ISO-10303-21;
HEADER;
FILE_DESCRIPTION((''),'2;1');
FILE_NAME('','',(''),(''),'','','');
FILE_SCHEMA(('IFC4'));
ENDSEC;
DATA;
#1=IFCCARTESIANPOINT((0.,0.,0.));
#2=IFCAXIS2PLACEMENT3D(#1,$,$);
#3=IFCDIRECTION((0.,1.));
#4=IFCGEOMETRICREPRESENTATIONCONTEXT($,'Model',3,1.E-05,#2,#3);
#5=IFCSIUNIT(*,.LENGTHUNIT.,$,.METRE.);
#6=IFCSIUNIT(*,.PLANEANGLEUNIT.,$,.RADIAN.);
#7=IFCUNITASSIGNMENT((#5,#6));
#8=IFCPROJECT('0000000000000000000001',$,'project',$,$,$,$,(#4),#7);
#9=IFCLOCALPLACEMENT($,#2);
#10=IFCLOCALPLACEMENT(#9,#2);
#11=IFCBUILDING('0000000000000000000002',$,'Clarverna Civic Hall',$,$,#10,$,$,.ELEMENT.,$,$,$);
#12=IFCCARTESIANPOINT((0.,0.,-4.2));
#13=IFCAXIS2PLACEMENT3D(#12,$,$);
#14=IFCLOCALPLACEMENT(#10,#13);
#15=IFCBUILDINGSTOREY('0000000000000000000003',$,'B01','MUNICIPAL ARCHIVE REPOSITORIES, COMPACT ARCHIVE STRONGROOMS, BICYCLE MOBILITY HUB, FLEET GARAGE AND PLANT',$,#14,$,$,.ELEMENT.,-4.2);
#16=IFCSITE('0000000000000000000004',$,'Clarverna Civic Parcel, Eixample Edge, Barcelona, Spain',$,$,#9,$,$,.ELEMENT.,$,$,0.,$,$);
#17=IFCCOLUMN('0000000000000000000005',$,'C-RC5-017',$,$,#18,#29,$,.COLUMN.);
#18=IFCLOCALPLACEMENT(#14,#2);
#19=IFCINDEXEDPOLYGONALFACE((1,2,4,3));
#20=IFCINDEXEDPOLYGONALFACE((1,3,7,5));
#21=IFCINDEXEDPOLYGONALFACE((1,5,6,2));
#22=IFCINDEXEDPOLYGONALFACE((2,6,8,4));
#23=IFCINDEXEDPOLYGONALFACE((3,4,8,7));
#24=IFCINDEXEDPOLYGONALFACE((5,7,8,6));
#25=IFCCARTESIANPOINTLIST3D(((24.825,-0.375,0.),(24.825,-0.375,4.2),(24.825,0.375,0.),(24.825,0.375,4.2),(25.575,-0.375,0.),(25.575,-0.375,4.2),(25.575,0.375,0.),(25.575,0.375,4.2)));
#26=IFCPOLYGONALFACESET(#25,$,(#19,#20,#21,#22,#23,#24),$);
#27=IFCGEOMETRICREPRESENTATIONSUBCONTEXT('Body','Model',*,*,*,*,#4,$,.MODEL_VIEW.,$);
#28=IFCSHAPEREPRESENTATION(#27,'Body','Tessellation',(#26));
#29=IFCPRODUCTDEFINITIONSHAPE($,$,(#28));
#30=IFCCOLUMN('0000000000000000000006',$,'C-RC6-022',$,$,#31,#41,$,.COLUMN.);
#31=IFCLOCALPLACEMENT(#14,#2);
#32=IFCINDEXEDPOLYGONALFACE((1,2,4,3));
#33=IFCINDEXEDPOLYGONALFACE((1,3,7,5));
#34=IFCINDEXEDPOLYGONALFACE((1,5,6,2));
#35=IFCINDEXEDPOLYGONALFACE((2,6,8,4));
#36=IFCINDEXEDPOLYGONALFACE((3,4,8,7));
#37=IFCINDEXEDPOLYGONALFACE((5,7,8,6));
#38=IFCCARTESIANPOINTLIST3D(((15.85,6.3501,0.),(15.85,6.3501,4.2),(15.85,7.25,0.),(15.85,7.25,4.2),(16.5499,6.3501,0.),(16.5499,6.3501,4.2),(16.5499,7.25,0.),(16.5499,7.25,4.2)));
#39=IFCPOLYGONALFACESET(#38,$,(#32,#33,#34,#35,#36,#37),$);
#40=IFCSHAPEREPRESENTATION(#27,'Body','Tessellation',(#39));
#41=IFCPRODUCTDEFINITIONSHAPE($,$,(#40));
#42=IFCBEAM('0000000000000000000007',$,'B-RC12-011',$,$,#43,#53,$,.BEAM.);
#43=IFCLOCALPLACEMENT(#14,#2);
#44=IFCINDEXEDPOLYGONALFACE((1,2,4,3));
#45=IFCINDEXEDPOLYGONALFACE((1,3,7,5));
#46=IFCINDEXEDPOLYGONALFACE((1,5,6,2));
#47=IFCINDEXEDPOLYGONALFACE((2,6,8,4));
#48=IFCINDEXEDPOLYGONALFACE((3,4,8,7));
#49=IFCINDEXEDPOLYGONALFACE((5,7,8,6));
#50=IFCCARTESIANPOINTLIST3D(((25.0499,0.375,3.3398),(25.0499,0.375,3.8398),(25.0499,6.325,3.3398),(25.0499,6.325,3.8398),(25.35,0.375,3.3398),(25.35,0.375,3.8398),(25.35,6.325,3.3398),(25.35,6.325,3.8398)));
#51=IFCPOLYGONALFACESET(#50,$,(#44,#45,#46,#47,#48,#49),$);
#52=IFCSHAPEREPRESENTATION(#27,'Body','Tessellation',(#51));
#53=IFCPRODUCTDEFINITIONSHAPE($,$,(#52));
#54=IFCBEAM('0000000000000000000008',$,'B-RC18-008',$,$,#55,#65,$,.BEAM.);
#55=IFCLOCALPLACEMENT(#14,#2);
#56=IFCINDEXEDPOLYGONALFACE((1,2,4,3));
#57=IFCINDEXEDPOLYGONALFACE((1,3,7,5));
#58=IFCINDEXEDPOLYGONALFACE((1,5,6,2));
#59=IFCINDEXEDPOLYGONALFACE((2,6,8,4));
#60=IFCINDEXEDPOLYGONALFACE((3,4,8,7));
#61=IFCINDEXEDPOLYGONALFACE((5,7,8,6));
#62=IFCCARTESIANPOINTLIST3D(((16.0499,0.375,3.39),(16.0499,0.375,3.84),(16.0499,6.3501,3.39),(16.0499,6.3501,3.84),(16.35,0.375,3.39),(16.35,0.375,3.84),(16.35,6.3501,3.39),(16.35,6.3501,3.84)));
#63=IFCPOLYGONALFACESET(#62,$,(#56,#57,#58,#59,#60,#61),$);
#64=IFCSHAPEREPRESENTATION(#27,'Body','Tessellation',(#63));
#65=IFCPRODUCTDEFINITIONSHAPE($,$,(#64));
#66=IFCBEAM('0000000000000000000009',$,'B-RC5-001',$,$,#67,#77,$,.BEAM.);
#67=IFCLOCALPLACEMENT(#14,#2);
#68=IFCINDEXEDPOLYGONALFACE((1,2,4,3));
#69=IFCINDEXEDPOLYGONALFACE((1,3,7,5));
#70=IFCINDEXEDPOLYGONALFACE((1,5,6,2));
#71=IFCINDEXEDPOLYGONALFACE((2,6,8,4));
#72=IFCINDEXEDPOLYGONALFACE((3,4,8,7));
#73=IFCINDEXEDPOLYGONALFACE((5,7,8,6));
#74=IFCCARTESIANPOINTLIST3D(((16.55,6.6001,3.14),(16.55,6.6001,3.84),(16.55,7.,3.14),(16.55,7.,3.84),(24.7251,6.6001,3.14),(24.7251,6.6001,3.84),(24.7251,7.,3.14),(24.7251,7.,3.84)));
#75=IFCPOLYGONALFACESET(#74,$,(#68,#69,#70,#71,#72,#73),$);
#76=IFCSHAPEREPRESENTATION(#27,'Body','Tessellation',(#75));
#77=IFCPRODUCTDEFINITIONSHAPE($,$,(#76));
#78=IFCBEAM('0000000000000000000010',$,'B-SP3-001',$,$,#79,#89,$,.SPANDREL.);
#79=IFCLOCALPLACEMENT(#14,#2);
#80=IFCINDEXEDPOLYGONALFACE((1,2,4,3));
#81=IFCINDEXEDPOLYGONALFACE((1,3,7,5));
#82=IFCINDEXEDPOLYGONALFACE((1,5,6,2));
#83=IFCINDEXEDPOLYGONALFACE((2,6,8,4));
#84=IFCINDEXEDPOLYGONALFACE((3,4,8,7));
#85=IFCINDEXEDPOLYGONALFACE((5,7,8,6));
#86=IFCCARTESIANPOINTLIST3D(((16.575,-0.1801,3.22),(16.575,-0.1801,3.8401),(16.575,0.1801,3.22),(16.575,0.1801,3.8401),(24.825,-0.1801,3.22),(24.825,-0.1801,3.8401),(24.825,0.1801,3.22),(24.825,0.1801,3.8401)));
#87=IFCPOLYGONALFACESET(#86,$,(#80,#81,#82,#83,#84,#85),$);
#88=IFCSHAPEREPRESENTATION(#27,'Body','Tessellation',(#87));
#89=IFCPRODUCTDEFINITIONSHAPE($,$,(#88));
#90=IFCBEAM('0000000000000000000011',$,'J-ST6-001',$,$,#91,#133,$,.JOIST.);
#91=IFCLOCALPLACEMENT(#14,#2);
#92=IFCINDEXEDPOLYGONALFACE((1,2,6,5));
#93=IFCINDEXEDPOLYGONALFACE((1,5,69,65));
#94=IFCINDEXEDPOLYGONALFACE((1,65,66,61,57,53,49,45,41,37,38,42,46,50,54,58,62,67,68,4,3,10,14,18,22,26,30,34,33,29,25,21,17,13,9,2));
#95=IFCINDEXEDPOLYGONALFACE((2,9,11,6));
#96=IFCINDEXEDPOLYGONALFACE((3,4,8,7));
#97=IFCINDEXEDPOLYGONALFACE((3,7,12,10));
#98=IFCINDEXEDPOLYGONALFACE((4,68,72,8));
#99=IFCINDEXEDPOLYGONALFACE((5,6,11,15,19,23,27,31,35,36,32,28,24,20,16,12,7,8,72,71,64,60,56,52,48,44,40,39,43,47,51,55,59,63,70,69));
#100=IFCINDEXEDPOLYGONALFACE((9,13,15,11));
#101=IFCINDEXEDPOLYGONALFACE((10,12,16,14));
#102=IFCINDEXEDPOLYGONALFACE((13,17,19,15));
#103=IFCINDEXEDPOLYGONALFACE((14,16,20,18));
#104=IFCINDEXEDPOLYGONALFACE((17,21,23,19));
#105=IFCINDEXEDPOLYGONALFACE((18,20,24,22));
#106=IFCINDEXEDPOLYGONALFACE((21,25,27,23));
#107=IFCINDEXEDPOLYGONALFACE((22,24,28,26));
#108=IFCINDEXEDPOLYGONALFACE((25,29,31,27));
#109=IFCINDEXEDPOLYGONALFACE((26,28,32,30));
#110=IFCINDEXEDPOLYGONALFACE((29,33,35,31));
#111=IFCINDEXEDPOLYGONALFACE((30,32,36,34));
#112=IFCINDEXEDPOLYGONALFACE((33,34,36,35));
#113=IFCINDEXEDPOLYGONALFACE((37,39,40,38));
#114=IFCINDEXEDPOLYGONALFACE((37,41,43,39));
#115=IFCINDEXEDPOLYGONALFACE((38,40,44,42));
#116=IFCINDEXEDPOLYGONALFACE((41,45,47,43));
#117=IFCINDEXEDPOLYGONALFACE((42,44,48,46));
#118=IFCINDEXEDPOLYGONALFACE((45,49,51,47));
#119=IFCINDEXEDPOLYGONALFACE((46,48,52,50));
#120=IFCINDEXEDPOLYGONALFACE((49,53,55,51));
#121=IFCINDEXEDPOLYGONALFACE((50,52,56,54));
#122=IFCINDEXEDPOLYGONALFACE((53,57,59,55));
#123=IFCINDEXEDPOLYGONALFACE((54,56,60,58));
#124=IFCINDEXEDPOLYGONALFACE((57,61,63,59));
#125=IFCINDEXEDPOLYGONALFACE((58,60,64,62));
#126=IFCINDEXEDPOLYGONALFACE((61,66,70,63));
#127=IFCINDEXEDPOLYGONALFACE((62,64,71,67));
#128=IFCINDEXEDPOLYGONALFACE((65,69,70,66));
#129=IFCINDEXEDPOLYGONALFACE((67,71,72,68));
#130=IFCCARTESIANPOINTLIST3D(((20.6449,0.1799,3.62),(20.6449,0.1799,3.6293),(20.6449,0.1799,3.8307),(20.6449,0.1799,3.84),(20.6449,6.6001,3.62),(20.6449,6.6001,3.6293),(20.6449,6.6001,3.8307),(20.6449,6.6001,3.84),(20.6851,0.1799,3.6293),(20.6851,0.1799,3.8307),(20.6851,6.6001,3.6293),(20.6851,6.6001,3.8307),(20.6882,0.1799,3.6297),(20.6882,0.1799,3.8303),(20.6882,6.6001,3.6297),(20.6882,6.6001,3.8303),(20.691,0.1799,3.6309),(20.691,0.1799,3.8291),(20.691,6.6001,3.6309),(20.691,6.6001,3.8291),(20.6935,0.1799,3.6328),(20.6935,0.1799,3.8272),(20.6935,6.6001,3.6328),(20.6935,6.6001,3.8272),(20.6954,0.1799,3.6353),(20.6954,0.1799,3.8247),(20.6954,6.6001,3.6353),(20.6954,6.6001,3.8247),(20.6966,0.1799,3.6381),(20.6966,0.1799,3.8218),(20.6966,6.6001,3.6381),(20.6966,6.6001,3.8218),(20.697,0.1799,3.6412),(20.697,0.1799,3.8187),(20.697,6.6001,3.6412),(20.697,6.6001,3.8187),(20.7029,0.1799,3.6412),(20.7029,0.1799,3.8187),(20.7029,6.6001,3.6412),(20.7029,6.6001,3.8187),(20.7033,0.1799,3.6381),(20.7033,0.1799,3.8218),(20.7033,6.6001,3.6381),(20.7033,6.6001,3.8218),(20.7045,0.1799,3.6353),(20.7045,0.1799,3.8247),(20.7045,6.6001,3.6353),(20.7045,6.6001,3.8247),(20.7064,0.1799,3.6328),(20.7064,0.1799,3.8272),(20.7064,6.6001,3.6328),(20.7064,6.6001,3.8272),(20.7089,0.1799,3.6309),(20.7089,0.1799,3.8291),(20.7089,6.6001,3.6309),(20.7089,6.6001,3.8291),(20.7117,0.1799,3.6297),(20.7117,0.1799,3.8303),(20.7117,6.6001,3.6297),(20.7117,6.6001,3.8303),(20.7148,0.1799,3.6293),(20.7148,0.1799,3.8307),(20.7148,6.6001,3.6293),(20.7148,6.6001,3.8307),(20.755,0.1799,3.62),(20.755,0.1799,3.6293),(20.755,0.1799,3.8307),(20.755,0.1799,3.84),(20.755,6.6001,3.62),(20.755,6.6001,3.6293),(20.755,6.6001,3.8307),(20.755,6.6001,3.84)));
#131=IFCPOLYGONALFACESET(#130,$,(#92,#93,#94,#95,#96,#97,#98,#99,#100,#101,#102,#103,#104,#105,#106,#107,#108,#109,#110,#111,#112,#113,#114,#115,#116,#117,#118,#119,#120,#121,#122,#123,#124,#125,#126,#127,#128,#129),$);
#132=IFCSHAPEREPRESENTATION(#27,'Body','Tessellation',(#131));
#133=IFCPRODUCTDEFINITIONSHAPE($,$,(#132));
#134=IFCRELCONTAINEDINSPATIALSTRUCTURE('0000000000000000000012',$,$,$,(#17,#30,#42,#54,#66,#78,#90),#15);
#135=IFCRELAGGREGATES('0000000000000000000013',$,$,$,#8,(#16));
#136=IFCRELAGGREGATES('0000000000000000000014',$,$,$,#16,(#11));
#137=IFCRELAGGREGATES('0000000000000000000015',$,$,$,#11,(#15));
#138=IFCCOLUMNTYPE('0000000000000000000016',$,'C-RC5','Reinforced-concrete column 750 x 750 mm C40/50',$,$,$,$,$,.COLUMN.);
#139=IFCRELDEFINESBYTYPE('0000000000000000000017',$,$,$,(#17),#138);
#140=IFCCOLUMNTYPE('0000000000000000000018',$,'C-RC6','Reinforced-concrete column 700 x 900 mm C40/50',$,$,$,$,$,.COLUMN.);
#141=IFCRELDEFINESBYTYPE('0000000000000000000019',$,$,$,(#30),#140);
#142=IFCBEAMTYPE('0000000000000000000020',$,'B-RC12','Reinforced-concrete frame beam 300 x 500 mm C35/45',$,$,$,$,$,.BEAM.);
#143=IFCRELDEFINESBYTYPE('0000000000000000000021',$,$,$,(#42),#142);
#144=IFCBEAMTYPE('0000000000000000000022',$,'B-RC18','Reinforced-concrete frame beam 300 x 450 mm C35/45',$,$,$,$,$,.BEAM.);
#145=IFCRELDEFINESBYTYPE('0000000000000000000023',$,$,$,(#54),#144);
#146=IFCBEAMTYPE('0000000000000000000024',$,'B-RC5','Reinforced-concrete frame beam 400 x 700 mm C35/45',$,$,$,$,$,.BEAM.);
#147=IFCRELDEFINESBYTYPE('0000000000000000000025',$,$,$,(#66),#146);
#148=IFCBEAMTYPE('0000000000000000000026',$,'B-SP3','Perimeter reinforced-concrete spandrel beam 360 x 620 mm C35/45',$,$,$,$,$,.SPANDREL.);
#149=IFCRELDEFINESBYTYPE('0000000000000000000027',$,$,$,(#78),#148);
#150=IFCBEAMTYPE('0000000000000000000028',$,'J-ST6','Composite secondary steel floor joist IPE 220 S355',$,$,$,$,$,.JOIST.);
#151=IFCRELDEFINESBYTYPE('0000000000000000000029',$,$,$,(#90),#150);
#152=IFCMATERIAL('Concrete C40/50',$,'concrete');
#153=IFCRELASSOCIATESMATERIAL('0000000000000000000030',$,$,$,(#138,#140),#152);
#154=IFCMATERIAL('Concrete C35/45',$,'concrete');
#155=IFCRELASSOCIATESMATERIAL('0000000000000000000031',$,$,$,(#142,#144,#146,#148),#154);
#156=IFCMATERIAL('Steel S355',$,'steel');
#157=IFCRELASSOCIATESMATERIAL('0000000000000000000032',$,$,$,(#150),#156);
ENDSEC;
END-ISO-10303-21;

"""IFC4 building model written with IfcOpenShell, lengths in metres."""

from ifc_helpers import new_model, si_unit, direction, frame, origin, origin_2d, place, context, subcontext, project, spatial, rectangle, i_section, extrude, material, material_profile, profile_set, type_object, element, save


model = new_model("IFC4")

# Units and contexts
model_context = context("Model", 3, precision=1e-05, world=origin(), true_north=direction((0.0, 1.0)))
body_context = subcontext(model_context, "Body", "Model", "MODEL_VIEW")
ifc_project = project(units=[si_unit("LENGTHUNIT", "METRE"), si_unit("PLANEANGLEUNIT", "RADIAN")], contexts=[model_context])

# Site, building, storey
site_placement = place(None, origin())
site = spatial("IfcSite", under=ifc_project, at=site_placement, Name="Clarverna Civic Parcel, Eixample Edge, Barcelona, Spain", CompositionType="ELEMENT", RefElevation=0.0)
building_placement = place(site_placement, origin())
building = spatial("IfcBuilding", under=site, at=building_placement, Name="Clarverna Civic Hall", CompositionType="ELEMENT")
storey_placement = place(building_placement, frame((0.0, 0.0, -4.2)))
storey = spatial("IfcBuildingStorey", under=building, at=storey_placement, Name="B01", Description="MUNICIPAL ARCHIVE REPOSITORIES, COMPACT ARCHIVE STRONGROOMS, BICYCLE MOBILITY HUB, FLEET GARAGE AND PLANT", CompositionType="ELEMENT", Elevation=-4.2)

# Columns
ifc_material_1 = material(Name="Concrete C40/50", Category="concrete")
ifc_material_profile_1 = material_profile(ifc_material_1, rectangle(XDim=0.75, YDim=0.75, at=origin_2d()), Name="RC 750x750")
ifc_profile_set_1 = profile_set([ifc_material_profile_1], Name="Concrete C40/50")
column_type_1 = type_object("IfcColumnType", Name="C-RC5", Description="Reinforced-concrete column 750 x 750 mm C40/50", PredefinedType="COLUMN", material=ifc_profile_set_1)
for number, where, z_axis, x_axis, name in (
    (1, (25.2, 0.0, 0.0), (0.0, 0.0, 1.0), (1.0, 0.0, 0.0), "C-RC5-017"),
):
    element("IfcColumn", number, at=place(storey_placement, frame(where, z_axis=z_axis, x_axis=x_axis)), inside=storey, type_object=column_type_1, Name=name, PredefinedType="COLUMN", context=body_context, shape_type="SweptSolid", body=[
        extrude(rectangle(XDim=0.75, YDim=0.75, at=origin_2d()), origin(), (0.0, 0.0, 1.0), 4.2),
    ])
ifc_material_profile_2 = material_profile(ifc_material_1, rectangle(XDim=0.7, YDim=0.8999, at=origin_2d()), Name="RC 700x900")
ifc_profile_set_2 = profile_set([ifc_material_profile_2], Name="Concrete C40/50")
column_type_2 = type_object("IfcColumnType", Name="C-RC6", Description="Reinforced-concrete column 700 x 900 mm C40/50", PredefinedType="COLUMN", material=ifc_profile_set_2)
column_placement = place(storey_placement, frame((16.2, 6.8, 0.0), z_axis=(0.0, 0.0, 1.0), x_axis=(1.0, 0.0, 0.0)))
element("IfcColumn", 2, at=column_placement, inside=storey, type_object=column_type_2, Name="C-RC6-022", PredefinedType="COLUMN", context=body_context, shape_type="SweptSolid", body=[
    extrude(rectangle(XDim=0.7, YDim=0.8999, at=origin_2d()), origin(), (0.0, 0.0, 1.0), 4.2),
])

# Beams
ifc_material_2 = material(Name="Concrete C35/45", Category="concrete")
ifc_material_profile_3 = material_profile(ifc_material_2, rectangle(XDim=0.3, YDim=0.5, at=origin_2d()), Name="RC 300x500")
ifc_profile_set_3 = profile_set([ifc_material_profile_3], Name="Concrete C35/45")
beam_type_1 = type_object("IfcBeamType", Name="B-RC12", Description="Reinforced-concrete frame beam 300 x 500 mm C35/45", PredefinedType="BEAM", material=ifc_profile_set_3)
beam_1_placement = place(storey_placement, frame((25.2, 0.375, 3.5898), z_axis=(0.0, 1.0, 0.0), x_axis=(-1.0, 0.0, 0.0)))
element("IfcBeam", 3, at=beam_1_placement, inside=storey, type_object=beam_type_1, Name="B-RC12-011", PredefinedType="BEAM", context=body_context, shape_type="SweptSolid", body=[
    extrude(rectangle(XDim=0.3, YDim=0.5, at=origin_2d()), origin(), (0.0, 0.0, 1.0), 5.95),
])
ifc_material_profile_4 = material_profile(ifc_material_2, rectangle(XDim=0.3, YDim=0.45, at=origin_2d()), Name="RC 300x450")
ifc_profile_set_4 = profile_set([ifc_material_profile_4], Name="Concrete C35/45")
beam_type_2 = type_object("IfcBeamType", Name="B-RC18", Description="Reinforced-concrete frame beam 300 x 450 mm C35/45", PredefinedType="BEAM", material=ifc_profile_set_4)
beam_2_placement = place(storey_placement, frame((16.2, 0.375, 3.615), z_axis=(0.0, 1.0, 0.0), x_axis=(-1.0, 0.0, 0.0)))
element("IfcBeam", 4, at=beam_2_placement, inside=storey, type_object=beam_type_2, Name="B-RC18-008", PredefinedType="BEAM", context=body_context, shape_type="SweptSolid", body=[
    extrude(rectangle(XDim=0.3, YDim=0.45, at=origin_2d()), origin(), (0.0, 0.0, 1.0), 5.9751),
])
ifc_material_profile_5 = material_profile(ifc_material_2, rectangle(XDim=0.3999, YDim=0.7, at=origin_2d()), Name="RC 400x700")
ifc_profile_set_5 = profile_set([ifc_material_profile_5], Name="Concrete C35/45")
beam_type_3 = type_object("IfcBeamType", Name="B-RC5", Description="Reinforced-concrete frame beam 400 x 700 mm C35/45", PredefinedType="BEAM", material=ifc_profile_set_5)
beam_3_placement = place(storey_placement, frame((16.55, 6.8, 3.49), z_axis=(1.0, 0.0, 0.0), x_axis=(0.0, 1.0, 0.0)))
element("IfcBeam", 5, at=beam_3_placement, inside=storey, type_object=beam_type_3, Name="B-RC5-001", PredefinedType="BEAM", context=body_context, shape_type="SweptSolid", body=[
    extrude(rectangle(XDim=0.3999, YDim=0.7, at=origin_2d()), origin(), (0.0, 0.0, 1.0), 8.175),
])
ifc_material_profile_6 = material_profile(ifc_material_2, rectangle(XDim=0.3601, YDim=0.6201, at=origin_2d()), Name="RC 360x620")
ifc_profile_set_6 = profile_set([ifc_material_profile_6], Name="Concrete C35/45")
beam_type_4 = type_object("IfcBeamType", Name="B-SP3", Description="Perimeter reinforced-concrete spandrel beam 360 x 620 mm C35/45", PredefinedType="SPANDREL", material=ifc_profile_set_6)
beam_4_placement = place(storey_placement, frame((16.575, 0.0, 3.53), z_axis=(1.0, 0.0, 0.0), x_axis=(0.0, 1.0, 0.0)))
element("IfcBeam", 6, at=beam_4_placement, inside=storey, type_object=beam_type_4, Name="B-SP3-001", PredefinedType="SPANDREL", context=body_context, shape_type="SweptSolid", body=[
    extrude(rectangle(XDim=0.3601, YDim=0.6201, at=origin_2d()), origin(), (0.0, 0.0, 1.0), 8.25),
])
ifc_material_3 = material(Name="Steel S355", Category="steel")
ifc_material_profile_7 = material_profile(ifc_material_3, i_section(OverallWidth=0.1101, OverallDepth=0.22, WebThickness=0.0059, FlangeThickness=0.0093, FilletRadius=0.012, at=origin_2d()), Name="IPE 220")
ifc_profile_set_7 = profile_set([ifc_material_profile_7], Name="Steel S355")
beam_type_5 = type_object("IfcBeamType", Name="J-ST6", Description="Composite secondary steel floor joist IPE 220 S355", PredefinedType="JOIST", material=ifc_profile_set_7)
beam_5_placement = place(storey_placement, frame((20.7, 0.1799, 3.73), z_axis=(0.0, 1.0, 0.0), x_axis=(-1.0, 0.0, 0.0)))
element("IfcBeam", 7, at=beam_5_placement, inside=storey, type_object=beam_type_5, Name="J-ST6-001", PredefinedType="JOIST", context=body_context, shape_type="SweptSolid", body=[
    extrude(i_section(OverallWidth=0.1101, OverallDepth=0.22, WebThickness=0.0059, FlangeThickness=0.0093, FilletRadius=0.012, at=origin_2d()), origin(), (0.0, 0.0, 1.0), 6.4202),
])

save(model, "model.ifc")
